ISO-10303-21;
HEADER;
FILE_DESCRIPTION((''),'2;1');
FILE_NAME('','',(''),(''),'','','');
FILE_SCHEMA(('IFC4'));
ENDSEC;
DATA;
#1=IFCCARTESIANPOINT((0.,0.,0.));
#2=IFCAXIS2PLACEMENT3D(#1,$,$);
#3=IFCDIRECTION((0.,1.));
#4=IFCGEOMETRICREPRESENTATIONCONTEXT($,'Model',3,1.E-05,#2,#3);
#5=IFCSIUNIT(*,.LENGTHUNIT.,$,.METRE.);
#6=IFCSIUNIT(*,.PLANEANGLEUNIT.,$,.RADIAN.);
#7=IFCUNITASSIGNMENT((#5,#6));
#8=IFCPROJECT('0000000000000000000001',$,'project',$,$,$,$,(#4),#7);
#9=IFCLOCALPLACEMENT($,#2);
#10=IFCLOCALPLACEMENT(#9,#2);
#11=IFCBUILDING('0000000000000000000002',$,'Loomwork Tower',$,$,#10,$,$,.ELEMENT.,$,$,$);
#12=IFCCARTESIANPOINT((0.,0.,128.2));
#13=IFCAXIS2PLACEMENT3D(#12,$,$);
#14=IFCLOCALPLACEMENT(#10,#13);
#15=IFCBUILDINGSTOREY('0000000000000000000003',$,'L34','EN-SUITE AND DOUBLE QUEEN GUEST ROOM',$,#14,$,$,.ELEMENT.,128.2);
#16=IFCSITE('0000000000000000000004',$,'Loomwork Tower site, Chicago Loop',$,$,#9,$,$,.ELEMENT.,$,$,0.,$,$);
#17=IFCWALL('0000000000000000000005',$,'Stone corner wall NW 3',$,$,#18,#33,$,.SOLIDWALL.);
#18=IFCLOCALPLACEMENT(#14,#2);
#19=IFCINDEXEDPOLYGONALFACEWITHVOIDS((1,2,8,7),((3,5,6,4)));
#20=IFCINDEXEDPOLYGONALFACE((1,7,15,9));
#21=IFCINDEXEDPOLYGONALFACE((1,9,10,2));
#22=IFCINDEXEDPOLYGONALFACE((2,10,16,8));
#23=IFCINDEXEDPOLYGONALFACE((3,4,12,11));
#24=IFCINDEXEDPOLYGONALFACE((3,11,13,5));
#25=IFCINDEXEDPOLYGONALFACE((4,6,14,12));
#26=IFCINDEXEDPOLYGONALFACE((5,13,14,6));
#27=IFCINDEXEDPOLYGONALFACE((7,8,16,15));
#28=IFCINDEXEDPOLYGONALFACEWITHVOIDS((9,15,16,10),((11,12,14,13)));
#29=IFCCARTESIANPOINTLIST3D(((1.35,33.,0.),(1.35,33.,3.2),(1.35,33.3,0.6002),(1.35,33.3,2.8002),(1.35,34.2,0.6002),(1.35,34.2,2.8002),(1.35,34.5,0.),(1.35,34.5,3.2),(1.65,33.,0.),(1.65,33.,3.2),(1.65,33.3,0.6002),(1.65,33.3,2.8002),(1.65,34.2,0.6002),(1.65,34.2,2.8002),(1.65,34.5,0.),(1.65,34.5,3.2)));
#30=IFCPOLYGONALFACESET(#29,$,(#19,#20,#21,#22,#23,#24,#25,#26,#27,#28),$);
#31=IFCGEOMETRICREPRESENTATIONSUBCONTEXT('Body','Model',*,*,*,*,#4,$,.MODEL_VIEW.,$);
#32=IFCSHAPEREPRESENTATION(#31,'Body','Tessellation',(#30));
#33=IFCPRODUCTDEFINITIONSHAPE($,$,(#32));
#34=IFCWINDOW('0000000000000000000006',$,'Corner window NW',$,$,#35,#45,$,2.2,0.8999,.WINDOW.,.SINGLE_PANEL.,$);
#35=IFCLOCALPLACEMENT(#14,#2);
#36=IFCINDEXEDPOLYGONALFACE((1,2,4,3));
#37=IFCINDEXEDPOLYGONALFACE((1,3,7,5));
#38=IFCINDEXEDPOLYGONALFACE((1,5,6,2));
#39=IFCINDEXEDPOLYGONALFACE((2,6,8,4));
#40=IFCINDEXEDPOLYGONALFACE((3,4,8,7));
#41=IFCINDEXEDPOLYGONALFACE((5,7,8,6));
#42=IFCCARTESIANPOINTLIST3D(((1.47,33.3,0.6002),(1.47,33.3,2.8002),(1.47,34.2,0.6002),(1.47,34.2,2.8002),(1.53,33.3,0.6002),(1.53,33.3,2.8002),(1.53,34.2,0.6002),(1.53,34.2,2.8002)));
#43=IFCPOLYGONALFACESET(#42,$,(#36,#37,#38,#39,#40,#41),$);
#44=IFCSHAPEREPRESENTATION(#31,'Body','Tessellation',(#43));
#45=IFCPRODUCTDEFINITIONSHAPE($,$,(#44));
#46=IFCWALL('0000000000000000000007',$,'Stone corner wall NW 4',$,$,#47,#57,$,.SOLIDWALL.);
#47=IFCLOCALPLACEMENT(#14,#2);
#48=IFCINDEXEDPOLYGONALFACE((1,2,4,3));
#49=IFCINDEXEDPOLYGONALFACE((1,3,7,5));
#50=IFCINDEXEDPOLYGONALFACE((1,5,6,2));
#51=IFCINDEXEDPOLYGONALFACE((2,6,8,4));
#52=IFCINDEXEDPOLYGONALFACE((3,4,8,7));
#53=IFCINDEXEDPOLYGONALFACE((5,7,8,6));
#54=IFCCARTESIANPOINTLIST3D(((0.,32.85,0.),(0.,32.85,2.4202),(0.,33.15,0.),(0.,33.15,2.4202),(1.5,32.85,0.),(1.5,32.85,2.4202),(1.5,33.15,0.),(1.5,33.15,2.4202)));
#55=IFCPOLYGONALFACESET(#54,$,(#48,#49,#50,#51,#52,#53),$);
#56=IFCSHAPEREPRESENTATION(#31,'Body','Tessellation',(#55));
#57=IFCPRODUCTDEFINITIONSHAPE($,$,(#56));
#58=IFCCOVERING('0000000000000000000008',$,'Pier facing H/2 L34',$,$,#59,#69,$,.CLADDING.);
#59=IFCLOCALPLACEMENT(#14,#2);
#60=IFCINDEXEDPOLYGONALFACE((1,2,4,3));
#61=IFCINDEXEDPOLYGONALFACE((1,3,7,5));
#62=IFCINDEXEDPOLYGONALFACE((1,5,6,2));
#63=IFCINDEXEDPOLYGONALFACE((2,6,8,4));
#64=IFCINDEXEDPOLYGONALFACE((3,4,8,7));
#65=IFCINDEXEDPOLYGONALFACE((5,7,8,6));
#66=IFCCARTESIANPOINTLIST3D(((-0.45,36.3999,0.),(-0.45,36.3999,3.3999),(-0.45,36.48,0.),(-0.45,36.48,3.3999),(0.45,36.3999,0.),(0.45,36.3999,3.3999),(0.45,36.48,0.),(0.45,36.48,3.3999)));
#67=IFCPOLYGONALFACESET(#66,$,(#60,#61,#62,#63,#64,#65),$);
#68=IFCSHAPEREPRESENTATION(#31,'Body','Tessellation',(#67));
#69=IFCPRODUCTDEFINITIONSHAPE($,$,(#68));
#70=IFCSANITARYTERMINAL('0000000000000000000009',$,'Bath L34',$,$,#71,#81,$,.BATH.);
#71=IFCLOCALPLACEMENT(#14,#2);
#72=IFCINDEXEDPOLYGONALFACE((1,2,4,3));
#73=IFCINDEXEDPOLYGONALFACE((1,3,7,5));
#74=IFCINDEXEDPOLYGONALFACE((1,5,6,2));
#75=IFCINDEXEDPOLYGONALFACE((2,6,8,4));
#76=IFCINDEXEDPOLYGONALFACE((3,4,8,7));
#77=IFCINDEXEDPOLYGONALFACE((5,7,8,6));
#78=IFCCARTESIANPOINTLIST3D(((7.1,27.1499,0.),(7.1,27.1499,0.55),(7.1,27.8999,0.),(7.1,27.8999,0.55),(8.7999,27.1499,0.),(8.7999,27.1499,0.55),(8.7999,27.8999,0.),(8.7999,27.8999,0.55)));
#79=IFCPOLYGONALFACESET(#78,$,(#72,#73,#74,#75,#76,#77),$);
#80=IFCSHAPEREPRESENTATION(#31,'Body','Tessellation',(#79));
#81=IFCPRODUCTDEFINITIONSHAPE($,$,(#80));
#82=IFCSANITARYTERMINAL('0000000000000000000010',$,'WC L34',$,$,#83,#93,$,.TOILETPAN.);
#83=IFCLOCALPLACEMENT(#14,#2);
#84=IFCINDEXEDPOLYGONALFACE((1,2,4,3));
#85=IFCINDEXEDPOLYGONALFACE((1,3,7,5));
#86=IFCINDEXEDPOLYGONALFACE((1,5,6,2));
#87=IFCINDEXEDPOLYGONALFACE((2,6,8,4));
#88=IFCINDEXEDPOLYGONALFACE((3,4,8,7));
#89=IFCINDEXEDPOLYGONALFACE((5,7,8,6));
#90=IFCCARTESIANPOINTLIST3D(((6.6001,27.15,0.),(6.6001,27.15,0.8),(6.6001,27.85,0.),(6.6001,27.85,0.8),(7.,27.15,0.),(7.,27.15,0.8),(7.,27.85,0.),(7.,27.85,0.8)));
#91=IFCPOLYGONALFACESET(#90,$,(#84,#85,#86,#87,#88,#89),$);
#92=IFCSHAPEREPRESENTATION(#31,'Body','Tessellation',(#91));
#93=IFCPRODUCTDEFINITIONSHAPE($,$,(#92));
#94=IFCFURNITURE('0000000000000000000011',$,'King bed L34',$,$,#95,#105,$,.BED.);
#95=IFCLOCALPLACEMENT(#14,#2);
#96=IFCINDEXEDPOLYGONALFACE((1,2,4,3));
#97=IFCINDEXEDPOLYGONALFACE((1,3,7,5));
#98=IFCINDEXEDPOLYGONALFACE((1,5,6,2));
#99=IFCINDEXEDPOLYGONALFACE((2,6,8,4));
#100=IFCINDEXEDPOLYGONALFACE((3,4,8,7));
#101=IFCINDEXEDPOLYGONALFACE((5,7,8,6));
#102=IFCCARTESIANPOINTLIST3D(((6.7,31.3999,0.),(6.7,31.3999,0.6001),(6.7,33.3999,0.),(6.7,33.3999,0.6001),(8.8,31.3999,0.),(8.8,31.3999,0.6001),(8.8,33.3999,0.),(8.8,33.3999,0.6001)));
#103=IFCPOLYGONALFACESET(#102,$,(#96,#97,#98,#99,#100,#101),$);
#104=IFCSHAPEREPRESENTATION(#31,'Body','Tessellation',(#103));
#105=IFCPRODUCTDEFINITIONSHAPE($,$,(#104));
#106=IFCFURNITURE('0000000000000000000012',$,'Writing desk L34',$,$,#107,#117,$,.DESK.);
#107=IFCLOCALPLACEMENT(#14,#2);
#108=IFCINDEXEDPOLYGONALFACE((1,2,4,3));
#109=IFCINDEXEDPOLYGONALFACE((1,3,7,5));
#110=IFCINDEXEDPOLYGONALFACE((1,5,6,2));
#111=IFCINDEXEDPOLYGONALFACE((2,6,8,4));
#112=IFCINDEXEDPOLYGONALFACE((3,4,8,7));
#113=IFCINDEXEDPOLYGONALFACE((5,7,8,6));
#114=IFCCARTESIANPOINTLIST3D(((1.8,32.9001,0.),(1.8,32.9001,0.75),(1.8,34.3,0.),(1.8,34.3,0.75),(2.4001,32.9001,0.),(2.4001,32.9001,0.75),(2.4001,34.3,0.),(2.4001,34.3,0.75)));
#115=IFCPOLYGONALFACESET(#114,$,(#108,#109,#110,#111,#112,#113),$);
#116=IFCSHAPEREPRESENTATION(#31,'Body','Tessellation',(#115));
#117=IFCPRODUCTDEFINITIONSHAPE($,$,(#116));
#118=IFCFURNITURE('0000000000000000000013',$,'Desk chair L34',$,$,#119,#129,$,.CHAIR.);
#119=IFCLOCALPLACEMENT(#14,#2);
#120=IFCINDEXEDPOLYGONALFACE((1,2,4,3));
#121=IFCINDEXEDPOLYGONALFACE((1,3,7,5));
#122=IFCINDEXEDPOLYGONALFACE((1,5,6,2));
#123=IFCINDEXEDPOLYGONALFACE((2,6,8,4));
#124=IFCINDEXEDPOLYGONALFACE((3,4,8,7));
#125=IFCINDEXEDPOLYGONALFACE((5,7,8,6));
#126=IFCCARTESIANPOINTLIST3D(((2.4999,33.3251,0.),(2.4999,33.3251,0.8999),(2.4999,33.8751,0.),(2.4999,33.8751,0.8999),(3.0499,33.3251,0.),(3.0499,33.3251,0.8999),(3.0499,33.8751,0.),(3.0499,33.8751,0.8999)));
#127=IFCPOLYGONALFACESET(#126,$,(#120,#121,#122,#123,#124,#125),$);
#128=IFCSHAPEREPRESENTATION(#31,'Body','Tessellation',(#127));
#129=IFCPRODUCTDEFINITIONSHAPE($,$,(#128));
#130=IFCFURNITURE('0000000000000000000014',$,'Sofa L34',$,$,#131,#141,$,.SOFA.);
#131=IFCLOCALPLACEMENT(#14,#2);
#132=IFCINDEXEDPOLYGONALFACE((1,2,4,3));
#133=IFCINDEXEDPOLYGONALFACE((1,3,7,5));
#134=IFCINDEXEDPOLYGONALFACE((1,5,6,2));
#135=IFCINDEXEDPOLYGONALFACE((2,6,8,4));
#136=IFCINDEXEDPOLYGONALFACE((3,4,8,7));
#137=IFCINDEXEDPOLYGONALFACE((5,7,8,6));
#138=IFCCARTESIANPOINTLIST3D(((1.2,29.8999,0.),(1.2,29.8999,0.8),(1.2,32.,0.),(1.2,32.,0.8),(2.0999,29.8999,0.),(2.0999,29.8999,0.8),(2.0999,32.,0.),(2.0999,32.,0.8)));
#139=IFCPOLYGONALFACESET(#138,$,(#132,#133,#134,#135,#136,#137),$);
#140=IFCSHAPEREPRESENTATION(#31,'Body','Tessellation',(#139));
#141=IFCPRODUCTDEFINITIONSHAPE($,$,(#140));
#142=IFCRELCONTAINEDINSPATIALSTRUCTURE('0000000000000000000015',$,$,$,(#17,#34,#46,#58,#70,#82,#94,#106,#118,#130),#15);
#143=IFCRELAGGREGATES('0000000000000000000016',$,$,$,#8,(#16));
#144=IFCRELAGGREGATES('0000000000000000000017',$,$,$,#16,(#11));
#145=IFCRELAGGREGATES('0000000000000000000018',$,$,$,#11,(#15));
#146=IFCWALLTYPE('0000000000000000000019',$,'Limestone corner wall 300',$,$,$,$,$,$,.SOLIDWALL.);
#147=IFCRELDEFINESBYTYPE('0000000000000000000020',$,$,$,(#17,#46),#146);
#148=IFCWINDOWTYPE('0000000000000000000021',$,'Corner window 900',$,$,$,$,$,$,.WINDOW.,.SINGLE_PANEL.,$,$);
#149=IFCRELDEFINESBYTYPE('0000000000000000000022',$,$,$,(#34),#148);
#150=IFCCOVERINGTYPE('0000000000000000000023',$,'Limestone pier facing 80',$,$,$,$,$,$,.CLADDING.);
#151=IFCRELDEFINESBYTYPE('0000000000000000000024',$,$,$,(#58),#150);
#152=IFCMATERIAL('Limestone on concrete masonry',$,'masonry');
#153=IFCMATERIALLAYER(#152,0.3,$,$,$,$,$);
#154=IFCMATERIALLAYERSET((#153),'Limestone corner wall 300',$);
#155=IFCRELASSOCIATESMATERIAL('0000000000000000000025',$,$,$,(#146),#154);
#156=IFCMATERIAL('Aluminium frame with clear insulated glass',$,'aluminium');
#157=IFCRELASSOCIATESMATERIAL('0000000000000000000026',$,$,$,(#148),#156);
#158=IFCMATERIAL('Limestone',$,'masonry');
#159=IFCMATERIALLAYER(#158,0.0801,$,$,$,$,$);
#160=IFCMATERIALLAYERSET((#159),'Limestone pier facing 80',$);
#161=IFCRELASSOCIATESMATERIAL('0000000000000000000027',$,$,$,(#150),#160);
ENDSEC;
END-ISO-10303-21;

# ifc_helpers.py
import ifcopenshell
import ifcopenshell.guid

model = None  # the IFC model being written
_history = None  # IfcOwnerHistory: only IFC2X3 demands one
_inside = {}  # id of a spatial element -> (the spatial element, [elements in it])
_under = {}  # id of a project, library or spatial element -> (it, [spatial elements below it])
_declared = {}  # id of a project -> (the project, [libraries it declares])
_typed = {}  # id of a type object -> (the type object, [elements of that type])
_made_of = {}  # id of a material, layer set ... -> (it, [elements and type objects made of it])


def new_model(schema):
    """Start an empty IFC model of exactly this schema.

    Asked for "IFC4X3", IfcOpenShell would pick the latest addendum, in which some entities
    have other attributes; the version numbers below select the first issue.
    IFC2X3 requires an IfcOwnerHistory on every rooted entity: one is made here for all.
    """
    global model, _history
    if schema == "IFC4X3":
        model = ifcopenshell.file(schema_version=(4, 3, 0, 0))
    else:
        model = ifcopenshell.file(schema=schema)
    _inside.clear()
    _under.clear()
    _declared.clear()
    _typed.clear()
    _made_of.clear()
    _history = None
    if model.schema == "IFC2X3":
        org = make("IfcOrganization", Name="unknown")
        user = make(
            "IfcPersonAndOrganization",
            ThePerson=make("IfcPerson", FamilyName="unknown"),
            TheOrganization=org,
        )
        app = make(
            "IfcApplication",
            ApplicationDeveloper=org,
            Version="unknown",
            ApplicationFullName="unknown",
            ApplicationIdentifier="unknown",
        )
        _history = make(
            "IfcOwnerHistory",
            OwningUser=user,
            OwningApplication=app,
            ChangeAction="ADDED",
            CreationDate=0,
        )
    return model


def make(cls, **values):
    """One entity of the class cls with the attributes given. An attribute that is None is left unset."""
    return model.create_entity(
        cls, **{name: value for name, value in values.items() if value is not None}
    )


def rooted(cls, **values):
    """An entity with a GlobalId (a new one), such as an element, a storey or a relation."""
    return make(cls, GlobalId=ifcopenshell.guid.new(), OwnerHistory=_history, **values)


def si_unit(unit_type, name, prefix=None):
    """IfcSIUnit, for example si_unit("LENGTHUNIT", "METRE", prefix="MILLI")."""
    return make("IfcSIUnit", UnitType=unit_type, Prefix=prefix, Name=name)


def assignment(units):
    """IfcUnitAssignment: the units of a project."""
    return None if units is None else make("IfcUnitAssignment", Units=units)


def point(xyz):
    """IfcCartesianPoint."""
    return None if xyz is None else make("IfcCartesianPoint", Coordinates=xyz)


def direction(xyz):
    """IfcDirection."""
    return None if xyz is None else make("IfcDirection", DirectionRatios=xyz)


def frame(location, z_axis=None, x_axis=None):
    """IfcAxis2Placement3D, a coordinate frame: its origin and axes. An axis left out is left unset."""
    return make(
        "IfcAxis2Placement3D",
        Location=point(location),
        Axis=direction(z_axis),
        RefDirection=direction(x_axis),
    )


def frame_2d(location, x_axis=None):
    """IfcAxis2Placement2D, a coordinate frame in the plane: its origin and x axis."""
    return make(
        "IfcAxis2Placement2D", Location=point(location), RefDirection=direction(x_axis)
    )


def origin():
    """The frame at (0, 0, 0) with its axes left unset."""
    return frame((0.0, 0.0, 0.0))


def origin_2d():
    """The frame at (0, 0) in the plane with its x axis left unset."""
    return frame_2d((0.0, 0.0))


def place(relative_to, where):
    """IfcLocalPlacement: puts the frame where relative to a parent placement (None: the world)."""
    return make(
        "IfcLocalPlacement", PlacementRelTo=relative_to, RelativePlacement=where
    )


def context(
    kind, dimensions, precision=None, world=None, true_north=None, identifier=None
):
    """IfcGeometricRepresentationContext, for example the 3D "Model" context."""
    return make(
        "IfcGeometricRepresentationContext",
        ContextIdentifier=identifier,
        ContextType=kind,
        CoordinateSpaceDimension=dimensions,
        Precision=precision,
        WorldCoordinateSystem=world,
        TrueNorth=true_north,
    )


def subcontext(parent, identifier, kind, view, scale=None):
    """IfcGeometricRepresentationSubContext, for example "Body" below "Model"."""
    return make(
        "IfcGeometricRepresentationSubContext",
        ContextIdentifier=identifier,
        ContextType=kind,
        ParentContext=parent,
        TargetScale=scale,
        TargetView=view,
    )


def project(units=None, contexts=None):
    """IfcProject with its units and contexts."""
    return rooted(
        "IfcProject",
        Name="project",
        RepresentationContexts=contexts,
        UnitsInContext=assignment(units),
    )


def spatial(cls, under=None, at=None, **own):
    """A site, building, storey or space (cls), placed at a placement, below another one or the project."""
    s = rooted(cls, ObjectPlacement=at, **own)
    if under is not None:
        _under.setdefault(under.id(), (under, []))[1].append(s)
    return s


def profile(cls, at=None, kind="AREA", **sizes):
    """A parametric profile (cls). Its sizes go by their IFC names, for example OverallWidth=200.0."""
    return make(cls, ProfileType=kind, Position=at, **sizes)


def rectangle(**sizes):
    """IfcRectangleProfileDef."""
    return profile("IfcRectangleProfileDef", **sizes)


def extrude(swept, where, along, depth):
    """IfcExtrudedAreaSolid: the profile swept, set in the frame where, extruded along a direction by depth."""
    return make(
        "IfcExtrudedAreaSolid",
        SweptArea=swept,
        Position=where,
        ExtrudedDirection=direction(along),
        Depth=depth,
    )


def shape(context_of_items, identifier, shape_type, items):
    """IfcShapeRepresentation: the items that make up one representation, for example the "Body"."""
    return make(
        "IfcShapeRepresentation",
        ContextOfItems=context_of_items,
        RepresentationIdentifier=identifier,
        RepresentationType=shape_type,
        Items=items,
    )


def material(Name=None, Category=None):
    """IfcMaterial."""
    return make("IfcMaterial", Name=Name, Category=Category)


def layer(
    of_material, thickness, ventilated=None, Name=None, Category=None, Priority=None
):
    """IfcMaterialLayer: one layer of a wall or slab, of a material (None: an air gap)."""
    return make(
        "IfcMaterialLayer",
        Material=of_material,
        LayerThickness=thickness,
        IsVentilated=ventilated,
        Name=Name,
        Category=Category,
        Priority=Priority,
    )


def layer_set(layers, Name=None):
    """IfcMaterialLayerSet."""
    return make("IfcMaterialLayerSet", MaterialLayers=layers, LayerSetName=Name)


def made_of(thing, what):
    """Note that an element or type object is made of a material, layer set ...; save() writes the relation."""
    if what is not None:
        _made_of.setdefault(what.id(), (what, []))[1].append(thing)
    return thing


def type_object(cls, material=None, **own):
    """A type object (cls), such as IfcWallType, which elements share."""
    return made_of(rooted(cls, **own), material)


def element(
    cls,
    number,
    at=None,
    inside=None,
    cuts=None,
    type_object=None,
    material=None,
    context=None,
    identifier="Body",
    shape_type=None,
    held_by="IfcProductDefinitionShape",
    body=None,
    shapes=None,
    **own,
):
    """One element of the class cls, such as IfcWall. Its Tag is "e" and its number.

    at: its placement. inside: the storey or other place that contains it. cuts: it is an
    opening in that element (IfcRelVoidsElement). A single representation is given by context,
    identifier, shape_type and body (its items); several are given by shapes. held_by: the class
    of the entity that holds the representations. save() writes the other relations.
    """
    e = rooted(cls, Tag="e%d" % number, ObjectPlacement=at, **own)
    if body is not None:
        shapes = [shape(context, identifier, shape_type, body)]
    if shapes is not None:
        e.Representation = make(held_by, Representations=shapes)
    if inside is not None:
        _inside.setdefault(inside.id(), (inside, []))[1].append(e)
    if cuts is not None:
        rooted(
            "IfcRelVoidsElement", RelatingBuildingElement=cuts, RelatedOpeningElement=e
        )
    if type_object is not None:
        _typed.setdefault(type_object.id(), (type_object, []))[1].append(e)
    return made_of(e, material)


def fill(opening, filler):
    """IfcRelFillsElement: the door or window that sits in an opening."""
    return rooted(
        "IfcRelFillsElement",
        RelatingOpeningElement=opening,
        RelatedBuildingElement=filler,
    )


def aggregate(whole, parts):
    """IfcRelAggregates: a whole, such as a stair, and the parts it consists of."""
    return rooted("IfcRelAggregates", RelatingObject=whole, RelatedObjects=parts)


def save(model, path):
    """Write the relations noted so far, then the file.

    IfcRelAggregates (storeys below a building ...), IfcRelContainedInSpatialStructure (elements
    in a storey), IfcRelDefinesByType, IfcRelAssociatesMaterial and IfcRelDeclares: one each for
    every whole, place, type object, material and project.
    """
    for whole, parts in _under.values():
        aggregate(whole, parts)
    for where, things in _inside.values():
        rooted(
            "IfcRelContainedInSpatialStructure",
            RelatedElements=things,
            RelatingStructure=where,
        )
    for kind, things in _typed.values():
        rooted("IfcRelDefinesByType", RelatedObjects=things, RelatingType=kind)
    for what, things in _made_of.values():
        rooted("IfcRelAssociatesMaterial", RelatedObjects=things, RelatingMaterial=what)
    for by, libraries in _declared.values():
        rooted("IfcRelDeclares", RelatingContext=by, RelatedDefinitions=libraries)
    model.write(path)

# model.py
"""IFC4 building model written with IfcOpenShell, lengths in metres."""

from ifc_helpers import new_model, si_unit, direction, frame, frame_2d, origin, origin_2d, place, context, subcontext, project, spatial, rectangle, extrude, material, layer, layer_set, type_object, element, fill, save


model = new_model("IFC4")

# Units and contexts
model_context = context("Model", 3, precision=1e-05, world=origin(), true_north=direction((0.0, 1.0)))
body_context = subcontext(model_context, "Body", "Model", "MODEL_VIEW")
ifc_project = project(units=[si_unit("LENGTHUNIT", "METRE"), si_unit("PLANEANGLEUNIT", "RADIAN")], contexts=[model_context])

# Site, building, storey
site_placement = place(None, origin())
site = spatial("IfcSite", under=ifc_project, at=site_placement, Name="Loomwork Tower site, Chicago Loop", CompositionType="ELEMENT", RefElevation=0.0)
building_placement = place(site_placement, origin())
building = spatial("IfcBuilding", under=site, at=building_placement, Name="Loomwork Tower", CompositionType="ELEMENT")
storey_placement = place(building_placement, frame((0.0, 0.0, 128.2)))
storey = spatial("IfcBuildingStorey", under=building, at=storey_placement, Name="L34", Description="EN-SUITE AND DOUBLE QUEEN GUEST ROOM", CompositionType="ELEMENT", Elevation=128.2)

# Shared definitions
ifc_material_1 = material(Name="Limestone on concrete masonry", Category="masonry")
ifc_layer_1 = layer(ifc_material_1, 0.3)
ifc_layer_set_1 = layer_set([ifc_layer_1], Name="Limestone corner wall 300")
wall_type_1 = type_object("IfcWallType", Name="Limestone corner wall 300", PredefinedType="SOLIDWALL", material=ifc_layer_set_1)

# Wall, opening, window
ifc_material_2 = material(Name="Aluminium frame with clear insulated glass", Category="aluminium")
window_type_1 = type_object("IfcWindowType", Name="Corner window 900", PartitioningType="SINGLE_PANEL", PredefinedType="WINDOW", material=ifc_material_2)
wall_1_placement = place(storey_placement, frame((1.5, 34.5, 0.0), z_axis=(0.0, 0.0, 1.0), x_axis=(0.0, -1.0, 0.0)))
wall_1 = element("IfcWall", 1, at=wall_1_placement, inside=storey, type_object=wall_type_1, Name="Stone corner wall NW 3", PredefinedType="SOLIDWALL", context=body_context, shape_type="SweptSolid", body=[
    extrude(rectangle(XDim=1.5, YDim=0.3, at=frame_2d((0.75, 0.0))), origin(), (0.0, 0.0, 1.0), 3.2),
])
opening_1_placement = place(wall_1_placement, frame((0.3, 0.0, 0.6001)))
opening_1 = element("IfcOpeningElement", 2, at=opening_1_placement, cuts=wall_1, PredefinedType="OPENING", context=body_context, shape_type="SweptSolid", body=[
    extrude(rectangle(XDim=0.8999, YDim=2.2, at=frame_2d((0.45, 1.1001))), frame((0.0, 0.1599, 0.0), z_axis=(0.0, -1.0, 0.0), x_axis=(1.0, 0.0, 0.0)), (0.0, 0.0, 1.0), 0.3201),
])
window_1_placement = place(opening_1_placement, origin())
window_1 = element("IfcWindow", 3, at=window_1_placement, inside=storey, type_object=window_type_1, Name="Corner window NW", OverallHeight=2.2, OverallWidth=0.8999, PartitioningType="SINGLE_PANEL", PredefinedType="WINDOW", context=body_context, shape_type="SweptSolid", body=[
    extrude(rectangle(XDim=0.8999, YDim=2.2, at=frame_2d((0.45, 1.1001))), frame((0.0, 0.03, 0.0), z_axis=(0.0, -1.0, 0.0), x_axis=(1.0, 0.0, 0.0)), (0.0, 0.0, 1.0), 0.0601),
])
fill(opening_1, window_1)

# Wall
wall_2_placement = place(storey_placement, frame((1.5, 33.0, 0.0), z_axis=(0.0, 0.0, 1.0), x_axis=(-1.0, 0.0, 0.0)))
element("IfcWall", 4, at=wall_2_placement, inside=storey, type_object=wall_type_1, Name="Stone corner wall NW 4", PredefinedType="SOLIDWALL", context=body_context, shape_type="SweptSolid", body=[
    extrude(rectangle(XDim=1.5, YDim=0.3, at=frame_2d((0.75, 0.0))), origin(), (0.0, 0.0, 1.0), 2.4202),
])

# Covering
ifc_material_3 = material(Name="Limestone", Category="masonry")
ifc_layer_2 = layer(ifc_material_3, 0.0801)
ifc_layer_set_2 = layer_set([ifc_layer_2], Name="Limestone pier facing 80")
covering_type = type_object("IfcCoveringType", Name="Limestone pier facing 80", PredefinedType="CLADDING", material=ifc_layer_set_2)
covering_placement = place(storey_placement, frame((0.0, 36.4399, 0.0), z_axis=(0.0, 0.0, 1.0), x_axis=(1.0, 0.0, 0.0)))
element("IfcCovering", 5, at=covering_placement, inside=storey, type_object=covering_type, Name="Pier facing H/2 L34", PredefinedType="CLADDING", context=body_context, shape_type="SweptSolid", body=[
    extrude(rectangle(XDim=0.8999, YDim=0.0801, at=origin_2d()), origin(), (0.0, 0.0, 1.0), 3.3999),
])

# Sanitary terminals
sanitary_terminal_1_placement = place(storey_placement, frame((7.95, 27.5249, 0.0), z_axis=(0.0, 0.0, 1.0), x_axis=(1.0, 0.0, 0.0)))
element("IfcSanitaryTerminal", 6, at=sanitary_terminal_1_placement, inside=storey, Name="Bath L34", PredefinedType="BATH", context=body_context, shape_type="SweptSolid", body=[
    extrude(rectangle(XDim=1.7, YDim=0.75, at=origin_2d()), origin(), (0.0, 0.0, 1.0), 0.55),
])
sanitary_terminal_2_placement = place(storey_placement, frame((6.8, 27.5, 0.0), z_axis=(0.0, 0.0, 1.0), x_axis=(1.0, 0.0, 0.0)))
element("IfcSanitaryTerminal", 7, at=sanitary_terminal_2_placement, inside=storey, Name="WC L34", PredefinedType="TOILETPAN", context=body_context, shape_type="SweptSolid", body=[
    extrude(rectangle(XDim=0.3999, YDim=0.7, at=origin_2d()), origin(), (0.0, 0.0, 1.0), 0.8),
])

# Furniture
furniture_1_placement = place(storey_placement, frame((7.75, 32.3999, 0.0), z_axis=(0.0, 0.0, 1.0), x_axis=(1.0, 0.0, 0.0)))
element("IfcFurniture", 8, at=furniture_1_placement, inside=storey, Name="King bed L34", PredefinedType="BED", context=body_context, shape_type="SweptSolid", body=[
    extrude(rectangle(XDim=2.1001, YDim=2.0, at=origin_2d()), origin(), (0.0, 0.0, 1.0), 0.6001),
])
furniture_2_placement = place(storey_placement, frame((2.1001, 33.6001, 0.0), z_axis=(0.0, 0.0, 1.0), x_axis=(1.0, 0.0, 0.0)))
element("IfcFurniture", 9, at=furniture_2_placement, inside=storey, Name="Writing desk L34", PredefinedType="DESK", context=body_context, shape_type="SweptSolid", body=[
    extrude(rectangle(XDim=0.6001, YDim=1.3999, at=origin_2d()), origin(), (0.0, 0.0, 1.0), 0.75),
])
furniture_3_placement = place(storey_placement, frame((2.7749, 33.6001, 0.0), z_axis=(0.0, 0.0, 1.0), x_axis=(1.0, 0.0, 0.0)))
element("IfcFurniture", 10, at=furniture_3_placement, inside=storey, Name="Desk chair L34", PredefinedType="CHAIR", context=body_context, shape_type="SweptSolid", body=[
    extrude(rectangle(XDim=0.55, YDim=0.55, at=origin_2d()), origin(), (0.0, 0.0, 1.0), 0.8999),
])
furniture_4_placement = place(storey_placement, frame((1.6499, 30.95, 0.0), z_axis=(0.0, 0.0, 1.0), x_axis=(1.0, 0.0, 0.0)))
element("IfcFurniture", 11, at=furniture_4_placement, inside=storey, Name="Sofa L34", PredefinedType="SOFA", context=body_context, shape_type="SweptSolid", body=[
    extrude(rectangle(XDim=0.8999, YDim=2.1001, at=origin_2d()), origin(), (0.0, 0.0, 1.0), 0.8),
])

save(model, "model.ifc")
